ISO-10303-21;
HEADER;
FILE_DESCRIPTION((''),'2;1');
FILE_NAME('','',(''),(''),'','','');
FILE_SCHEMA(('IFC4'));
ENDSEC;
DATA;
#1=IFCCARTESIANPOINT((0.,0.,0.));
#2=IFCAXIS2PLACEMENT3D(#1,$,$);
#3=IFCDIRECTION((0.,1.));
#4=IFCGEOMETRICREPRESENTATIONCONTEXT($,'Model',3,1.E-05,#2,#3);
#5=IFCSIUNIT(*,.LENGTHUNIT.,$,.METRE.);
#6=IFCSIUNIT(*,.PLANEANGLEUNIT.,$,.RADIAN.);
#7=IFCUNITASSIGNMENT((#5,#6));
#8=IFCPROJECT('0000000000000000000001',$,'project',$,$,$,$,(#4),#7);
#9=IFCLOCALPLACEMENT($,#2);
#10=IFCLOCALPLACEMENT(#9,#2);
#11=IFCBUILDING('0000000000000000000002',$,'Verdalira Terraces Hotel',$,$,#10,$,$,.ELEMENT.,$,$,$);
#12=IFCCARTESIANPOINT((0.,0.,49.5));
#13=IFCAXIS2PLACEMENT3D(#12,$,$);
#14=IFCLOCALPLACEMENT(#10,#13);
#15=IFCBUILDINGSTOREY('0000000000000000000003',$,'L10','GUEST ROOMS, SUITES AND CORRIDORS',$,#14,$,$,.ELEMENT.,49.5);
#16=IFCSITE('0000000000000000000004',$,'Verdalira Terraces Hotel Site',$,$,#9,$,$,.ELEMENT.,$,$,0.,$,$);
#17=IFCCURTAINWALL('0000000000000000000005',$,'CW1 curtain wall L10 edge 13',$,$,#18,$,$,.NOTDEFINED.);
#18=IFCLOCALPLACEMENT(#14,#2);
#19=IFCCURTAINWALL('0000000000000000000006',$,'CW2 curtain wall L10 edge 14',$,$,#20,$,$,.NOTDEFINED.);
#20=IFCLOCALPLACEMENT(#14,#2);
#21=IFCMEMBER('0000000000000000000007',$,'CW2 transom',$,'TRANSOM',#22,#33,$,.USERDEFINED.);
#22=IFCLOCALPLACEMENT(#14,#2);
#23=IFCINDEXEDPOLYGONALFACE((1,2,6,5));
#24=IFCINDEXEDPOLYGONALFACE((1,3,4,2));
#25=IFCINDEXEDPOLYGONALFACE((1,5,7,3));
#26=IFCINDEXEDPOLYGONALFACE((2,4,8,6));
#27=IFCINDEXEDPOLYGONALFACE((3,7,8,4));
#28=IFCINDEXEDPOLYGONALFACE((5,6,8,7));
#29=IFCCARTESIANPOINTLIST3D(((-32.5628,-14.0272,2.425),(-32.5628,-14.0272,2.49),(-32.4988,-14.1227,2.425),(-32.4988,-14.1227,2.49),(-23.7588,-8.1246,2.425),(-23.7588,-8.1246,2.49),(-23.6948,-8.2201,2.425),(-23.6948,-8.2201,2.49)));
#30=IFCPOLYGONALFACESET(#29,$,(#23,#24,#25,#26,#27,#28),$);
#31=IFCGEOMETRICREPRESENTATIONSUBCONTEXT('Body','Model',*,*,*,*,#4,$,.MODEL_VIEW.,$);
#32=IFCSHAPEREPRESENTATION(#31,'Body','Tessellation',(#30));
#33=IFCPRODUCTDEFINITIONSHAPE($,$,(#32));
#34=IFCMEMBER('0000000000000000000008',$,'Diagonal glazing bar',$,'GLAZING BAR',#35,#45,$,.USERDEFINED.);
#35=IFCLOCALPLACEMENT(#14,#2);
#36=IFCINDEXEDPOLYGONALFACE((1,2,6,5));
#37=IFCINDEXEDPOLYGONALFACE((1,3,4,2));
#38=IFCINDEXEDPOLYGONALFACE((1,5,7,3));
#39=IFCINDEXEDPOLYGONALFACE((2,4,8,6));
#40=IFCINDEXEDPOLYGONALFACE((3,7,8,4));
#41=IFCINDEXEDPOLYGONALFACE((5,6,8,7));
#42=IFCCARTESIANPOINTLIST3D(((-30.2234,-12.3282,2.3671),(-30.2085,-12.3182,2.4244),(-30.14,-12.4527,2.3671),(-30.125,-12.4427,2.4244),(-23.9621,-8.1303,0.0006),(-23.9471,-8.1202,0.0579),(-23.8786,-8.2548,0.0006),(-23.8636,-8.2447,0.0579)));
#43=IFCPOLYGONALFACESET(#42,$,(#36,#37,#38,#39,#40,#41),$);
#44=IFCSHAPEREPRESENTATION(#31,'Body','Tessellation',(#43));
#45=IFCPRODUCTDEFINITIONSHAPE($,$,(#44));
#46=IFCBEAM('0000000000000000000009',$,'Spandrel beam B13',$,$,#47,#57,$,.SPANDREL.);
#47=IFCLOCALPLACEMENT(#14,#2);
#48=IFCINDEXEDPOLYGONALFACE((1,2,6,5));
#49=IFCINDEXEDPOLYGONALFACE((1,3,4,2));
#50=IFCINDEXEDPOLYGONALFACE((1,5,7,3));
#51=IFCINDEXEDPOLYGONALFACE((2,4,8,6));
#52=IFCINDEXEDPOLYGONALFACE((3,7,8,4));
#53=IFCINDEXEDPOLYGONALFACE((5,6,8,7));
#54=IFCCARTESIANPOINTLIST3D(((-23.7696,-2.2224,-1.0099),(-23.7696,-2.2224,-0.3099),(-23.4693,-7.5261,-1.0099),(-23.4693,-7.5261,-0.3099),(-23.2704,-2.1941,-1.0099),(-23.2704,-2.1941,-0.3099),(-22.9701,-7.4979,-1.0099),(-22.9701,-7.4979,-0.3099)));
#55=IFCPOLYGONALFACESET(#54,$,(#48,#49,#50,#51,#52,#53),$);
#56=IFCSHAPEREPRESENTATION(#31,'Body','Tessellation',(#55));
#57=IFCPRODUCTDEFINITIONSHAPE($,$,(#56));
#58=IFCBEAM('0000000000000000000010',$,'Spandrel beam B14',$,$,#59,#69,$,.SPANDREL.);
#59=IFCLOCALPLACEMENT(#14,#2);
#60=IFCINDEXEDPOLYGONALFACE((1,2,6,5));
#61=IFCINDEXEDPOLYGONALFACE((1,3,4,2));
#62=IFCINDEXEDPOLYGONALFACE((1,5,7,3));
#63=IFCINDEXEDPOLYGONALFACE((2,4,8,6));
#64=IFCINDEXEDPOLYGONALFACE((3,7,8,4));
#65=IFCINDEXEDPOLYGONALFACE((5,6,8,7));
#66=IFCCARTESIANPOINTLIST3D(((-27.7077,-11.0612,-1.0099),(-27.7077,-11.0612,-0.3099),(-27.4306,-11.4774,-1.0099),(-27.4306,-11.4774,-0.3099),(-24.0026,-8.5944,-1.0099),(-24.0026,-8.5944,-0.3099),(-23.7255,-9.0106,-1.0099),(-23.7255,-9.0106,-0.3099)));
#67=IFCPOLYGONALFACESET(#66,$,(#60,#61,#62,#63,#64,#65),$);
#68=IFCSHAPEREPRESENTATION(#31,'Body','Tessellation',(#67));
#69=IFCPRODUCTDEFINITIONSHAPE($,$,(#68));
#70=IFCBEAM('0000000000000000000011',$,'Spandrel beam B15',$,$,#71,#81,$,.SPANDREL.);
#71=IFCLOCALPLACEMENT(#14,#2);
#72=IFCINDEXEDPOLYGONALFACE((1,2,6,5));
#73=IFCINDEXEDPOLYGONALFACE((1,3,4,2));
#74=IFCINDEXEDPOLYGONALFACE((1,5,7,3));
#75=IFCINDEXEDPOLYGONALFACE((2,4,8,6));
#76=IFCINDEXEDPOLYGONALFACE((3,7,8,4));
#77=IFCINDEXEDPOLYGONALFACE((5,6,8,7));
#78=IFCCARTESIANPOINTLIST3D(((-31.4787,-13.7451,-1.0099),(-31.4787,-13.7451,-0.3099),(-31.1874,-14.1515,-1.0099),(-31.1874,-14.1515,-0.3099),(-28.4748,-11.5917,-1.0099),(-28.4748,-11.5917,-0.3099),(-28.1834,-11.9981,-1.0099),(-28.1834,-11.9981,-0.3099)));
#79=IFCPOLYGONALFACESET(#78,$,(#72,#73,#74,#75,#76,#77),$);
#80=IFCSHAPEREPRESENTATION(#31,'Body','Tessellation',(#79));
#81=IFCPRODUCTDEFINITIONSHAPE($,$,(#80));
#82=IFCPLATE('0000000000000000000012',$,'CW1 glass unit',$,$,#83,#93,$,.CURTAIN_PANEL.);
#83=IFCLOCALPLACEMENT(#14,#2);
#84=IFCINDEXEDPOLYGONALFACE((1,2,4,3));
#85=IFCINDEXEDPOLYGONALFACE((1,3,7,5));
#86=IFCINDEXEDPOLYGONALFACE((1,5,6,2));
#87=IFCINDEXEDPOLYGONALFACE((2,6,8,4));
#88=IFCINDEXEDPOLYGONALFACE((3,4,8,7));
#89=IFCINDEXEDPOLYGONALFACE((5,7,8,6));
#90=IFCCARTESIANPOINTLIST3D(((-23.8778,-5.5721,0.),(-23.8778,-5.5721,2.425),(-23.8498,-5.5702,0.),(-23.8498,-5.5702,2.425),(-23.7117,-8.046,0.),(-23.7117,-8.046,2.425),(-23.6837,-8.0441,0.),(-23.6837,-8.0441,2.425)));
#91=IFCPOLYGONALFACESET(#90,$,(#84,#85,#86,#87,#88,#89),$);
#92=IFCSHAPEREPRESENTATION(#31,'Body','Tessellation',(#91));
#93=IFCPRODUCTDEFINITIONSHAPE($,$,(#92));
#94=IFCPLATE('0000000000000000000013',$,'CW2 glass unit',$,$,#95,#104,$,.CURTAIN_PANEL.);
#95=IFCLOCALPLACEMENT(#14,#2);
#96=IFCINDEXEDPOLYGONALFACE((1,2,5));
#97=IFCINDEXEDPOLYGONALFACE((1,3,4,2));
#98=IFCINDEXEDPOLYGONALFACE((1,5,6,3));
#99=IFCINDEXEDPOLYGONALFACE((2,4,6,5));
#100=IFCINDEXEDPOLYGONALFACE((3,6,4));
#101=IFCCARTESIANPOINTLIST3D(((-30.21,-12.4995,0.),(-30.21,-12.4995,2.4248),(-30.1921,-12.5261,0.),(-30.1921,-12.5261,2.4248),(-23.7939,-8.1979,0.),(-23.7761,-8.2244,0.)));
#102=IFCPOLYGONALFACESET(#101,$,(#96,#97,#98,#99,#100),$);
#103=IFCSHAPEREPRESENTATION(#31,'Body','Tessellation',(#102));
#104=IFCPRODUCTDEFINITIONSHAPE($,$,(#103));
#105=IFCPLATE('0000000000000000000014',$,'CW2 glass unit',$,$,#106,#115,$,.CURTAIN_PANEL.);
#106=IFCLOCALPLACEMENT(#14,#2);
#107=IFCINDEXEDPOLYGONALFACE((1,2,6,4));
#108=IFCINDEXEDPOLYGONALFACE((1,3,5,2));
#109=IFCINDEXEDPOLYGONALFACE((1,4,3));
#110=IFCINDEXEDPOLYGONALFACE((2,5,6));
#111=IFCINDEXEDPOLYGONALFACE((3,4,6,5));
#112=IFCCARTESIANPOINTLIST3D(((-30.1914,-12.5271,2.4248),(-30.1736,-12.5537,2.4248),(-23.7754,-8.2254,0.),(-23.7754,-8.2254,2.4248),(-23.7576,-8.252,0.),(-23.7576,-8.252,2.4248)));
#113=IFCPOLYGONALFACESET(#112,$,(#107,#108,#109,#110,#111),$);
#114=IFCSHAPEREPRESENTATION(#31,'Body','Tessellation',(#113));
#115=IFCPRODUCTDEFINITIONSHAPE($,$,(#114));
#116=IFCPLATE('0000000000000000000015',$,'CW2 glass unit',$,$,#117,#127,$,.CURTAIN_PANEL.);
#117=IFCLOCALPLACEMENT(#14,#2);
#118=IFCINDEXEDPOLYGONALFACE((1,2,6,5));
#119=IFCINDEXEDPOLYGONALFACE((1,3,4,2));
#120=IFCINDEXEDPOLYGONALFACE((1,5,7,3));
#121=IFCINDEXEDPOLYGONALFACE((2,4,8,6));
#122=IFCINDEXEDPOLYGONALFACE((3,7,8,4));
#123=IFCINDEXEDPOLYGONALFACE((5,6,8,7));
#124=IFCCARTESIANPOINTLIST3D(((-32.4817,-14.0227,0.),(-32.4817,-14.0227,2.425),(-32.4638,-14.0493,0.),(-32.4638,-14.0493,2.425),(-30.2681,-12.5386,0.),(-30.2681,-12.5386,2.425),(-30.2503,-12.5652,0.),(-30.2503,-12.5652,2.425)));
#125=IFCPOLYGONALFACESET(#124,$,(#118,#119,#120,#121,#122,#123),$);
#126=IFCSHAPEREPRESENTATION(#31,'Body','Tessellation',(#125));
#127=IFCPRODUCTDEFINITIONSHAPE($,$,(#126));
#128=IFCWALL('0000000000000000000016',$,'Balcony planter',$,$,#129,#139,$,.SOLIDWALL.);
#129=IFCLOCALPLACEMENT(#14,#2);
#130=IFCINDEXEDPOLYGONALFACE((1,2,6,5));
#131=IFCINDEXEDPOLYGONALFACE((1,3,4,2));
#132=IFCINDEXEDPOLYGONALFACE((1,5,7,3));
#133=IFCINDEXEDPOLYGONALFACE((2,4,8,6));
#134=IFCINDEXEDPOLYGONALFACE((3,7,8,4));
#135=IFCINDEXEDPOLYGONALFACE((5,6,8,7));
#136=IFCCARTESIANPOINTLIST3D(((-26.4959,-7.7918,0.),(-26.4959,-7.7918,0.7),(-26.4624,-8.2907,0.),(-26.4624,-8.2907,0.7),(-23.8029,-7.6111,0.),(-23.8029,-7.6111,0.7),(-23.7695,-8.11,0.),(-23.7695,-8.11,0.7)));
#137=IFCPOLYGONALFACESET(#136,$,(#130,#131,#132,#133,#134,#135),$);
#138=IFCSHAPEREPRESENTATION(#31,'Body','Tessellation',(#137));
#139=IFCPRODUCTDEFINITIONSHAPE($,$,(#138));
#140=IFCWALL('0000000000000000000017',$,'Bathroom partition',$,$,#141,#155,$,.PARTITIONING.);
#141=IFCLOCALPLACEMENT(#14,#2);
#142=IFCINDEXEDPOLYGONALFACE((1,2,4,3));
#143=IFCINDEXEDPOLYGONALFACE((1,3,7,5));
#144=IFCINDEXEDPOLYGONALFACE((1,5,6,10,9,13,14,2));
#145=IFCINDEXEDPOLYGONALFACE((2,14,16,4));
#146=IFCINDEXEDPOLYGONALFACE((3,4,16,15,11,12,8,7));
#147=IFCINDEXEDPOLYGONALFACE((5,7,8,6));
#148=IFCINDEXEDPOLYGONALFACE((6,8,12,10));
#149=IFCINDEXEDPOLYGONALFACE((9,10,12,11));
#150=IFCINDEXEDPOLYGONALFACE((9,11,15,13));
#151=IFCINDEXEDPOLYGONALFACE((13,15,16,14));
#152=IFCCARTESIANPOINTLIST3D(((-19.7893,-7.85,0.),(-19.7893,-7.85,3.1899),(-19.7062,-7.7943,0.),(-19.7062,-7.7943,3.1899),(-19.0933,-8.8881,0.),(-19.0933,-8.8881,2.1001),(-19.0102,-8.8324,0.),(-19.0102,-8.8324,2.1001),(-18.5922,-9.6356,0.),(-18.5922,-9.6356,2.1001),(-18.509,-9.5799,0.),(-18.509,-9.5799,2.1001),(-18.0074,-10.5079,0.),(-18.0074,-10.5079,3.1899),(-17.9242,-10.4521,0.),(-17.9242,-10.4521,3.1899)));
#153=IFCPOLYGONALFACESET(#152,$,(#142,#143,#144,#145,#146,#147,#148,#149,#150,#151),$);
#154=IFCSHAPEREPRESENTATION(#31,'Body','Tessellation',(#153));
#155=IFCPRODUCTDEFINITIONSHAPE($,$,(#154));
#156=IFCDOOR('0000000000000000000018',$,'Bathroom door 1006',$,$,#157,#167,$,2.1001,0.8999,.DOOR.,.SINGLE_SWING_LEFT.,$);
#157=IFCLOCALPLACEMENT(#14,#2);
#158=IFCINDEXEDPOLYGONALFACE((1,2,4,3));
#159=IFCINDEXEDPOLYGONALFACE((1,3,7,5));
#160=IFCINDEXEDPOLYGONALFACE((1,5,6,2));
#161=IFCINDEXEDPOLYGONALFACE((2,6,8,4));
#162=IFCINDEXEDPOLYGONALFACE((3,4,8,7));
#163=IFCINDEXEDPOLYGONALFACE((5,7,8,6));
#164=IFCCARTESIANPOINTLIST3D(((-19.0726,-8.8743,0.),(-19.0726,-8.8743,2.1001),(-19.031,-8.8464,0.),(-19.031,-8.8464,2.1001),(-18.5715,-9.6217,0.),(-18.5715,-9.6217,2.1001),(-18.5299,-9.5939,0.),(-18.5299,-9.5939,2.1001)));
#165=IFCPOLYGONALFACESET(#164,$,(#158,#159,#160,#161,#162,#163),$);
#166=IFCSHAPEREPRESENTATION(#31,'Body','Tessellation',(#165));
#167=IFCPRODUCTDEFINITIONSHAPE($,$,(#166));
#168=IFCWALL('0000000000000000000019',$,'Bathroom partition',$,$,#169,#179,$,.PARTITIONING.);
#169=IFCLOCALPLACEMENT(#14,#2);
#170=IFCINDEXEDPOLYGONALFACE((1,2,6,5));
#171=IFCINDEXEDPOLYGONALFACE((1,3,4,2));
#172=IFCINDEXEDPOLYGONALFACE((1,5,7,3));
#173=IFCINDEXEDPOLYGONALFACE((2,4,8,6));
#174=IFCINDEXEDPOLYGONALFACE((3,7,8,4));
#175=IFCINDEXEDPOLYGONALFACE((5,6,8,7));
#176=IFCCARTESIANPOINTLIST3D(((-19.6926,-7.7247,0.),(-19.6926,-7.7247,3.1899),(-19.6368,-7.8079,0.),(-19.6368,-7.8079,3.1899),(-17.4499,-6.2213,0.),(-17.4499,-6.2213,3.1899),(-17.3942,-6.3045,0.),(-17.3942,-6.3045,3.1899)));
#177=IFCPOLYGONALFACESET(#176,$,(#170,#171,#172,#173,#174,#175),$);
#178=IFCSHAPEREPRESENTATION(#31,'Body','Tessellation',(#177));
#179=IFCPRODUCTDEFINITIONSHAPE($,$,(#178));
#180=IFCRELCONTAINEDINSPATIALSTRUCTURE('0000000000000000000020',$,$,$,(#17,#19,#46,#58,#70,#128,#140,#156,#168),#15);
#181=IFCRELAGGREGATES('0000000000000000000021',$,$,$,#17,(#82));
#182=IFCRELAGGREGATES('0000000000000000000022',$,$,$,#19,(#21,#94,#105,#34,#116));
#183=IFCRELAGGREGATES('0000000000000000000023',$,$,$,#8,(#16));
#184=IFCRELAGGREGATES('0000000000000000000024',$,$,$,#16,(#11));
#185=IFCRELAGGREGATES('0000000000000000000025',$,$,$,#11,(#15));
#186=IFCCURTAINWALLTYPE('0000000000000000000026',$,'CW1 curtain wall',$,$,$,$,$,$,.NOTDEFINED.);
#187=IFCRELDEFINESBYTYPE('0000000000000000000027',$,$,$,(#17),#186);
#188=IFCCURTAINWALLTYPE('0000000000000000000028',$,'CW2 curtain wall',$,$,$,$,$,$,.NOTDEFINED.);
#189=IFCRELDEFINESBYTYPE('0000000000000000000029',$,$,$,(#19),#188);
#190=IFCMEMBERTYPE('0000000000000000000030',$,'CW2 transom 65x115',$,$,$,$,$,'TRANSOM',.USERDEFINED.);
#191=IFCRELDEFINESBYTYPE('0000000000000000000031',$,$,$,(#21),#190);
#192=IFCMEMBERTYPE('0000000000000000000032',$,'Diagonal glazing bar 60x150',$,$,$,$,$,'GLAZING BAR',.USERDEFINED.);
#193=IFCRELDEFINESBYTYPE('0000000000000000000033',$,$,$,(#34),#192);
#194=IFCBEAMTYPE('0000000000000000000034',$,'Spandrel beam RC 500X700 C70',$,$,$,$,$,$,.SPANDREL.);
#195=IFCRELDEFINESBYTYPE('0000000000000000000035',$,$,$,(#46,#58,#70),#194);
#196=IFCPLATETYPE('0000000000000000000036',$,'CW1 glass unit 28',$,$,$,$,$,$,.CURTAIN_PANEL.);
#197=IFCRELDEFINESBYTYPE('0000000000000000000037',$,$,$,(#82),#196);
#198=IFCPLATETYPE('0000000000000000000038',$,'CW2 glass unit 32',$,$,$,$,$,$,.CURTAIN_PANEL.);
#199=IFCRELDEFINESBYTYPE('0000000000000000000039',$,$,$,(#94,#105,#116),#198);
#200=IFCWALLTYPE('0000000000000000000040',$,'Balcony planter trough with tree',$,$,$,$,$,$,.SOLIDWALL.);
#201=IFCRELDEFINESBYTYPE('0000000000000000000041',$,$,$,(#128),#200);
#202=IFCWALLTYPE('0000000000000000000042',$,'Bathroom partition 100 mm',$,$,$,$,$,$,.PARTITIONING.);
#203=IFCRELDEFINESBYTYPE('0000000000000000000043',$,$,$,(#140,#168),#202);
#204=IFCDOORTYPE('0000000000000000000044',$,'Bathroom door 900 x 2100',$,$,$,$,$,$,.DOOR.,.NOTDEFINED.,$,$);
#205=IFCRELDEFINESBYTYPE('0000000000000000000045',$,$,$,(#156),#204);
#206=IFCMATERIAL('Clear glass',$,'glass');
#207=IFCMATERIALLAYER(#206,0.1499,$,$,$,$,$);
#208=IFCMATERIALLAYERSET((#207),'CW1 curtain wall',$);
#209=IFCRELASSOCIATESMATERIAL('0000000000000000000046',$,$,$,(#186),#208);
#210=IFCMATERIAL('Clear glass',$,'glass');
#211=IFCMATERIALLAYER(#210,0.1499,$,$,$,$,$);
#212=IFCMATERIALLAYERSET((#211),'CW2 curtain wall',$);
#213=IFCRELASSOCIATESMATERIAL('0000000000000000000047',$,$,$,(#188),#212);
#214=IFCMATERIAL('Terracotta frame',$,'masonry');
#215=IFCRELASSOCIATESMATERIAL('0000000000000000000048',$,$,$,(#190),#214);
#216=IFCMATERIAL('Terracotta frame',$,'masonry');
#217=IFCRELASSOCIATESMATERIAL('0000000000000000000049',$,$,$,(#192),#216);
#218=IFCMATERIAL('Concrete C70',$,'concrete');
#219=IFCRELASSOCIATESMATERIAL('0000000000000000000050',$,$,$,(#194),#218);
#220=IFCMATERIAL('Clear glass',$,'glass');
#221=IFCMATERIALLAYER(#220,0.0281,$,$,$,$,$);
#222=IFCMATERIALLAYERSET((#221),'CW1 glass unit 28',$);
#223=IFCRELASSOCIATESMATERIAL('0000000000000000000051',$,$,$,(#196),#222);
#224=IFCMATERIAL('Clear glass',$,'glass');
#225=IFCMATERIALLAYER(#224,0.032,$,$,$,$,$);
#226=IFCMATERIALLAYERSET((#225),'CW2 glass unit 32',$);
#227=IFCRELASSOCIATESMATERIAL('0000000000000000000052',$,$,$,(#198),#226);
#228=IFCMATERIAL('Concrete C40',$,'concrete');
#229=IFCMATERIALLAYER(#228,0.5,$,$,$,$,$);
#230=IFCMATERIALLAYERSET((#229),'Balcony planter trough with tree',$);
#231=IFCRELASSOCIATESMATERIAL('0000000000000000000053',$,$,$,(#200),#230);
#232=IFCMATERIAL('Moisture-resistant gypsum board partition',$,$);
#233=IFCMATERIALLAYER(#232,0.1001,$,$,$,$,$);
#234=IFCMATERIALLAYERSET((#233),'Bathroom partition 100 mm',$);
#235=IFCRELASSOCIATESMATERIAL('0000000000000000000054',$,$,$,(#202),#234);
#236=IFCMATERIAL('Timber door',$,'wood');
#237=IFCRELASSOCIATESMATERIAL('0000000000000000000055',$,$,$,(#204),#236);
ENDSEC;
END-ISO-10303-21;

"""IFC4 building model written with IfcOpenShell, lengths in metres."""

from ifc_helpers import new_model, si_unit, direction, frame, frame_2d, origin, origin_2d, place, context, subcontext, project, spatial, polyline, rectangle, outline, extrude, material, layer, layer_set, material_profile, profile_set, type_object, element, fill, aggregate, save


model = new_model("IFC4")

# Units and contexts
model_context = context("Model", 3, precision=1e-05, world=origin(), true_north=direction((0.0, 1.0)))
body_context = subcontext(model_context, "Body", "Model", "MODEL_VIEW")
ifc_project = project(units=[si_unit("LENGTHUNIT", "METRE"), si_unit("PLANEANGLEUNIT", "RADIAN")], contexts=[model_context])

# Site, building, storey
site_placement = place(None, origin())
site = spatial("IfcSite", under=ifc_project, at=site_placement, Name="Verdalira Terraces Hotel Site", CompositionType="ELEMENT", RefElevation=0.0)
building_placement = place(site_placement, origin())
building = spatial("IfcBuilding", under=site, at=building_placement, Name="Verdalira Terraces Hotel", CompositionType="ELEMENT")
storey_placement = place(building_placement, frame((0.0, 0.0, 49.5)))
storey = spatial("IfcBuildingStorey", under=building, at=storey_placement, Name="L10", Description="GUEST ROOMS, SUITES AND CORRIDORS", CompositionType="ELEMENT", Elevation=49.5)

# Curtain wall
ifc_material_1 = material(Name="Clear glass", Category="glass")
ifc_layer_1 = layer(ifc_material_1, 0.1499)
ifc_layer_set_1 = layer_set([ifc_layer_1], Name="CW1 curtain wall")
curtain_wall_type_1 = type_object("IfcCurtainWallType", Name="CW1 curtain wall", PredefinedType="NOTDEFINED", material=ifc_layer_set_1)
curtain_wall_1_placement = place(storey_placement, origin())
curtain_wall_1 = element("IfcCurtainWall", 1, at=curtain_wall_1_placement, inside=storey, type_object=curtain_wall_type_1, Name="CW1 curtain wall L10 edge 13", PredefinedType="NOTDEFINED")

# Curtain wall, members
ifc_material_2 = material(Name="Clear glass", Category="glass")
ifc_layer_2 = layer(ifc_material_2, 0.1499)
ifc_layer_set_2 = layer_set([ifc_layer_2], Name="CW2 curtain wall")
curtain_wall_type_2 = type_object("IfcCurtainWallType", Name="CW2 curtain wall", PredefinedType="NOTDEFINED", material=ifc_layer_set_2)
curtain_wall_2_placement = place(storey_placement, origin())
curtain_wall_2 = element("IfcCurtainWall", 2, at=curtain_wall_2_placement, inside=storey, type_object=curtain_wall_type_2, Name="CW2 curtain wall L10 edge 14", PredefinedType="NOTDEFINED")
ifc_material_3 = material(Name="Terracotta frame", Category="masonry")
ifc_material_profile_1 = material_profile(ifc_material_3, rectangle(XDim=0.115, YDim=0.0649, at=origin_2d()), Name="TR 65x115")
ifc_profile_set_1 = profile_set([ifc_material_profile_1], Name="Terracotta frame")
member_type_1 = type_object("IfcMemberType", Name="CW2 transom 65x115", ElementType="TRANSOM", PredefinedType="USERDEFINED", material=ifc_profile_set_1)
member_1_placement = place(storey_placement, frame((-23.7268, -8.1724, 2.4575), z_axis=(-0.830598, -0.556872, 0.0), x_axis=(0.556872, -0.830598, 0.0)))
member_1 = element("IfcMember", 3, at=member_1_placement, type_object=member_type_1, Name="CW2 transom", ObjectType="TRANSOM", PredefinedType="USERDEFINED", context=body_context, shape_type="SweptSolid", body=[
    extrude(rectangle(XDim=0.115, YDim=0.0649, at=origin_2d()), origin(), (0.0, 0.0, 1.0), 10.5996),
])
ifc_material_4 = material(Name="Terracotta frame", Category="masonry")
ifc_material_profile_2 = material_profile(ifc_material_4, rectangle(XDim=0.1499, YDim=0.0601, at=origin_2d()), Name="GB 60x150")
ifc_profile_set_2 = profile_set([ifc_material_profile_2], Name="Terracotta frame")
member_type_2 = type_object("IfcMemberType", Name="Diagonal glazing bar 60x150", ElementType="GLAZING BAR", PredefinedType="USERDEFINED", material=ifc_profile_set_2)
member_2_placement = place(storey_placement, frame((-23.9128, -8.1875, 0.0293), z_axis=(-0.792469, -0.53131, 0.299505), x_axis=(0.556873, -0.830598, 0.0)))
member_2 = element("IfcMember", 4, at=member_2_placement, type_object=member_type_2, Name="Diagonal glazing bar", ObjectType="GLAZING BAR", PredefinedType="USERDEFINED", context=body_context, shape_type="SweptSolid", body=[
    extrude(rectangle(XDim=0.1499, YDim=0.0601, at=origin_2d()), origin(), (0.0, 0.0, 1.0), 7.9011),
])

# Beams
ifc_material_5 = material(Name="Concrete C70", Category="concrete")
ifc_material_profile_3 = material_profile(ifc_material_5, rectangle(XDim=0.5, YDim=0.7, at=origin_2d()), Name="RC 500X700")
ifc_profile_set_3 = profile_set([ifc_material_profile_3], Name="Concrete C70")
beam_type_1 = type_object("IfcBeamType", Name="Spandrel beam RC 500X700 C70", PredefinedType="SPANDREL", material=ifc_profile_set_3)
beam_1_placement = place(storey_placement, frame((-23.52, -2.2083, -0.6599), z_axis=(0.056529, -0.998401, 0.0), x_axis=(0.998401, 0.056529, 0.0)))
element("IfcBeam", 5, at=beam_1_placement, inside=storey, type_object=beam_type_1, Name="Spandrel beam B13", PredefinedType="SPANDREL", context=body_context, shape_type="SweptSolid", body=[
    extrude(rectangle(XDim=0.5, YDim=0.7, at=origin_2d()), origin(), (0.0, 0.0, 1.0), 5.3123),
])
beam_2_placement = place(storey_placement, frame((-23.864, -8.8025, -0.6599), z_axis=(-0.832388, -0.554194, 0.0), x_axis=(0.554194, -0.832388, 0.0)))
element("IfcBeam", 6, at=beam_2_placement, inside=storey, type_object=beam_type_1, Name="Spandrel beam B14", PredefinedType="SPANDREL", context=body_context, shape_type="SweptSolid", body=[
    extrude(rectangle(XDim=0.5, YDim=0.7, at=origin_2d()), origin(), (0.0, 0.0, 1.0), 4.4512),
])
beam_3_placement = place(storey_placement, frame((-28.3291, -11.7949, -0.6599), z_axis=(-0.81275, -0.582612, 0.0), x_axis=(0.582612, -0.81275, 0.0)))
element("IfcBeam", 7, at=beam_3_placement, inside=storey, type_object=beam_type_1, Name="Spandrel beam B15", PredefinedType="SPANDREL", context=body_context, shape_type="SweptSolid", body=[
    extrude(rectangle(XDim=0.5, YDim=0.7, at=origin_2d()), origin(), (0.0, 0.0, 1.0), 3.696),
])

# Plates
ifc_material_6 = material(Name="Clear glass", Category="glass")
ifc_layer_3 = layer(ifc_material_6, 0.0281)
ifc_layer_set_3 = layer_set([ifc_layer_3], Name="CW1 glass unit 28")
plate_type_1 = type_object("IfcPlateType", Name="CW1 glass unit 28", PredefinedType="CURTAIN_PANEL", material=ifc_layer_set_3)
plate_1_placement = place(storey_placement, frame((-23.7808, -6.8081, 0.0), z_axis=(0.0, 0.0, 1.0), x_axis=(0.06697, -0.997755, 0.0)))
plate_1 = element("IfcPlate", 8, at=plate_1_placement, type_object=plate_type_1, Name="CW1 glass unit", PredefinedType="CURTAIN_PANEL", context=body_context, shape_type="SweptSolid", body=[
    extrude(rectangle(XDim=2.4795, YDim=0.0281, at=origin_2d()), origin(), (0.0, 0.0, 1.0), 2.425),
])
aggregate(curtain_wall_1, [plate_1])
ifc_material_7 = material(Name="Clear glass", Category="glass")
ifc_layer_4 = layer(ifc_material_7, 0.032)
ifc_layer_set_4 = layer_set([ifc_layer_4], Name="CW2 glass unit 32")
plate_type_2 = type_object("IfcPlateType", Name="CW2 glass unit 32", PredefinedType="CURTAIN_PANEL", material=ifc_layer_set_4)
plate_2_placement = place(storey_placement, frame((-26.9841, -10.3752, 1.2124), z_axis=(-0.556876, 0.830596, 0.0), x_axis=(-0.830596, -0.556876, 0.0)))
plate_2 = element("IfcPlate", 9, at=plate_2_placement, type_object=plate_type_2, Name="CW2 glass unit", PredefinedType="CURTAIN_PANEL", context=body_context, shape_type="SweptSolid", body=[
    extrude(outline(polyline([(-3.8623, -1.2124), (3.8623, -1.2124), (3.8623, 1.2124), (-3.8623, -1.2124)])), origin(), (0.0, 0.0, 1.0), 0.032),
])
plate_3_placement = place(storey_placement, frame((-26.9656, -10.4028, 1.2124), z_axis=(-0.556876, 0.830596, 0.0), x_axis=(-0.830596, -0.556876, 0.0)))
plate_3 = element("IfcPlate", 10, at=plate_3_placement, type_object=plate_type_2, Name="CW2 glass unit", PredefinedType="CURTAIN_PANEL", context=body_context, shape_type="SweptSolid", body=[
    extrude(outline(polyline([(-3.8623, -1.2124), (3.8623, 1.2124), (-3.8623, 1.2124), (-3.8623, -1.2124)])), origin(), (0.0, 0.0, 1.0), 0.032),
])
plate_4_placement = place(storey_placement, frame((-31.366, -13.2939, 0.0), z_axis=(0.0, 0.0, 1.0), x_axis=(-0.830596, -0.556876, 0.0)))
plate_4 = element("IfcPlate", 11, at=plate_4_placement, type_object=plate_type_2, Name="CW2 glass unit", PredefinedType="CURTAIN_PANEL", context=body_context, shape_type="SweptSolid", body=[
    extrude(rectangle(XDim=2.665, YDim=0.032, at=origin_2d()), origin(), (0.0, 0.0, 1.0), 2.425),
])
aggregate(curtain_wall_2, [member_1, plate_2, plate_3, member_2, plate_4])

# Wall
ifc_material_8 = material(Name="Concrete C40", Category="concrete")
ifc_layer_5 = layer(ifc_material_8, 0.5)
ifc_layer_set_5 = layer_set([ifc_layer_5], Name="Balcony planter trough with tree")
wall_type_1 = type_object("IfcWallType", Name="Balcony planter trough with tree", PredefinedType="SOLIDWALL", material=ifc_layer_set_5)
wall_1_placement = place(storey_placement, frame((-26.4792, -8.0413, 0.0), z_axis=(0.0, 0.0, 1.0), x_axis=(0.997757, 0.066939, 0.0)))
element("IfcWall", 12, at=wall_1_placement, inside=storey, type_object=wall_type_1, Name="Balcony planter", PredefinedType="SOLIDWALL", context=body_context, shape_type="SweptSolid", body=[
    extrude(rectangle(XDim=2.699, YDim=0.5, at=frame_2d((1.3496, 0.0))), origin(), (0.0, 0.0, 1.0), 0.7),
])

# Wall, opening, door
ifc_material_9 = material(Name="Moisture-resistant gypsum board partition")
ifc_layer_6 = layer(ifc_material_9, 0.1001)
ifc_layer_set_6 = layer_set([ifc_layer_6], Name="Bathroom partition 100 mm")
wall_type_2 = type_object("IfcWallType", Name="Bathroom partition 100 mm", PredefinedType="PARTITIONING", material=ifc_layer_set_6)
wall_2_placement = place(storey_placement, frame((-19.7478, -7.822, 0.0), z_axis=(0.0, 0.0, 1.0), x_axis=(0.556864, -0.830604, 0.0)))
wall_2 = element("IfcWall", 13, at=wall_2_placement, inside=storey, type_object=wall_type_2, Name="Bathroom partition", PredefinedType="PARTITIONING", context=body_context, shape_type="SweptSolid", body=[
    extrude(rectangle(XDim=3.2, YDim=0.1001, at=frame_2d((1.6001, 0.0))), origin(), (0.0, 0.0, 1.0), 3.1899),
])
opening_1_placement = place(wall_2_placement, frame((1.25, 0.0, 0.0)))
opening_1 = element("IfcOpeningElement", 14, at=opening_1_placement, cuts=wall_2, PredefinedType="OPENING", context=body_context, shape_type="SweptSolid", body=[
    extrude(rectangle(XDim=0.8999, YDim=2.1001, at=frame_2d((0.45, 1.05))), frame((0.0, 0.0601, 0.0), z_axis=(0.0, -1.0, 0.0), x_axis=(1.0, 0.0, 0.0)), (0.0, 0.0, 1.0), 0.1201),
])
ifc_material_10 = material(Name="Timber door", Category="wood")
door_type_1 = type_object("IfcDoorType", Name="Bathroom door 900 x 2100", OperationType="NOTDEFINED", PredefinedType="DOOR", material=ifc_material_10)
door_1_placement = place(opening_1_placement, origin())
door_1 = element("IfcDoor", 15, at=door_1_placement, inside=storey, type_object=door_type_1, Name="Bathroom door 1006", OperationType="SINGLE_SWING_LEFT", OverallHeight=2.1001, OverallWidth=0.8999, PredefinedType="DOOR", context=body_context, shape_type="SweptSolid", body=[
    extrude(rectangle(XDim=0.8999, YDim=2.1001, at=frame_2d((0.45, 1.05))), frame((0.0, 0.0249, 0.0), z_axis=(0.0, -1.0, 0.0), x_axis=(1.0, 0.0, 0.0)), (0.0, 0.0, 1.0), 0.05),
])
fill(opening_1, door_1)

# Wall
wall_3_placement = place(storey_placement, frame((-19.6648, -7.7664, 0.0), z_axis=(0.0, 0.0, 1.0), x_axis=(0.830629, 0.556827, 0.0)))
element("IfcWall", 16, at=wall_3_placement, inside=storey, type_object=wall_type_2, Name="Bathroom partition", PredefinedType="PARTITIONING", context=body_context, shape_type="SweptSolid", body=[
    extrude(rectangle(XDim=2.7, YDim=0.1001, at=frame_2d((1.3501, 0.0))), origin(), (0.0, 0.0, 1.0), 3.1899),
])

save(model, "model.ifc")
